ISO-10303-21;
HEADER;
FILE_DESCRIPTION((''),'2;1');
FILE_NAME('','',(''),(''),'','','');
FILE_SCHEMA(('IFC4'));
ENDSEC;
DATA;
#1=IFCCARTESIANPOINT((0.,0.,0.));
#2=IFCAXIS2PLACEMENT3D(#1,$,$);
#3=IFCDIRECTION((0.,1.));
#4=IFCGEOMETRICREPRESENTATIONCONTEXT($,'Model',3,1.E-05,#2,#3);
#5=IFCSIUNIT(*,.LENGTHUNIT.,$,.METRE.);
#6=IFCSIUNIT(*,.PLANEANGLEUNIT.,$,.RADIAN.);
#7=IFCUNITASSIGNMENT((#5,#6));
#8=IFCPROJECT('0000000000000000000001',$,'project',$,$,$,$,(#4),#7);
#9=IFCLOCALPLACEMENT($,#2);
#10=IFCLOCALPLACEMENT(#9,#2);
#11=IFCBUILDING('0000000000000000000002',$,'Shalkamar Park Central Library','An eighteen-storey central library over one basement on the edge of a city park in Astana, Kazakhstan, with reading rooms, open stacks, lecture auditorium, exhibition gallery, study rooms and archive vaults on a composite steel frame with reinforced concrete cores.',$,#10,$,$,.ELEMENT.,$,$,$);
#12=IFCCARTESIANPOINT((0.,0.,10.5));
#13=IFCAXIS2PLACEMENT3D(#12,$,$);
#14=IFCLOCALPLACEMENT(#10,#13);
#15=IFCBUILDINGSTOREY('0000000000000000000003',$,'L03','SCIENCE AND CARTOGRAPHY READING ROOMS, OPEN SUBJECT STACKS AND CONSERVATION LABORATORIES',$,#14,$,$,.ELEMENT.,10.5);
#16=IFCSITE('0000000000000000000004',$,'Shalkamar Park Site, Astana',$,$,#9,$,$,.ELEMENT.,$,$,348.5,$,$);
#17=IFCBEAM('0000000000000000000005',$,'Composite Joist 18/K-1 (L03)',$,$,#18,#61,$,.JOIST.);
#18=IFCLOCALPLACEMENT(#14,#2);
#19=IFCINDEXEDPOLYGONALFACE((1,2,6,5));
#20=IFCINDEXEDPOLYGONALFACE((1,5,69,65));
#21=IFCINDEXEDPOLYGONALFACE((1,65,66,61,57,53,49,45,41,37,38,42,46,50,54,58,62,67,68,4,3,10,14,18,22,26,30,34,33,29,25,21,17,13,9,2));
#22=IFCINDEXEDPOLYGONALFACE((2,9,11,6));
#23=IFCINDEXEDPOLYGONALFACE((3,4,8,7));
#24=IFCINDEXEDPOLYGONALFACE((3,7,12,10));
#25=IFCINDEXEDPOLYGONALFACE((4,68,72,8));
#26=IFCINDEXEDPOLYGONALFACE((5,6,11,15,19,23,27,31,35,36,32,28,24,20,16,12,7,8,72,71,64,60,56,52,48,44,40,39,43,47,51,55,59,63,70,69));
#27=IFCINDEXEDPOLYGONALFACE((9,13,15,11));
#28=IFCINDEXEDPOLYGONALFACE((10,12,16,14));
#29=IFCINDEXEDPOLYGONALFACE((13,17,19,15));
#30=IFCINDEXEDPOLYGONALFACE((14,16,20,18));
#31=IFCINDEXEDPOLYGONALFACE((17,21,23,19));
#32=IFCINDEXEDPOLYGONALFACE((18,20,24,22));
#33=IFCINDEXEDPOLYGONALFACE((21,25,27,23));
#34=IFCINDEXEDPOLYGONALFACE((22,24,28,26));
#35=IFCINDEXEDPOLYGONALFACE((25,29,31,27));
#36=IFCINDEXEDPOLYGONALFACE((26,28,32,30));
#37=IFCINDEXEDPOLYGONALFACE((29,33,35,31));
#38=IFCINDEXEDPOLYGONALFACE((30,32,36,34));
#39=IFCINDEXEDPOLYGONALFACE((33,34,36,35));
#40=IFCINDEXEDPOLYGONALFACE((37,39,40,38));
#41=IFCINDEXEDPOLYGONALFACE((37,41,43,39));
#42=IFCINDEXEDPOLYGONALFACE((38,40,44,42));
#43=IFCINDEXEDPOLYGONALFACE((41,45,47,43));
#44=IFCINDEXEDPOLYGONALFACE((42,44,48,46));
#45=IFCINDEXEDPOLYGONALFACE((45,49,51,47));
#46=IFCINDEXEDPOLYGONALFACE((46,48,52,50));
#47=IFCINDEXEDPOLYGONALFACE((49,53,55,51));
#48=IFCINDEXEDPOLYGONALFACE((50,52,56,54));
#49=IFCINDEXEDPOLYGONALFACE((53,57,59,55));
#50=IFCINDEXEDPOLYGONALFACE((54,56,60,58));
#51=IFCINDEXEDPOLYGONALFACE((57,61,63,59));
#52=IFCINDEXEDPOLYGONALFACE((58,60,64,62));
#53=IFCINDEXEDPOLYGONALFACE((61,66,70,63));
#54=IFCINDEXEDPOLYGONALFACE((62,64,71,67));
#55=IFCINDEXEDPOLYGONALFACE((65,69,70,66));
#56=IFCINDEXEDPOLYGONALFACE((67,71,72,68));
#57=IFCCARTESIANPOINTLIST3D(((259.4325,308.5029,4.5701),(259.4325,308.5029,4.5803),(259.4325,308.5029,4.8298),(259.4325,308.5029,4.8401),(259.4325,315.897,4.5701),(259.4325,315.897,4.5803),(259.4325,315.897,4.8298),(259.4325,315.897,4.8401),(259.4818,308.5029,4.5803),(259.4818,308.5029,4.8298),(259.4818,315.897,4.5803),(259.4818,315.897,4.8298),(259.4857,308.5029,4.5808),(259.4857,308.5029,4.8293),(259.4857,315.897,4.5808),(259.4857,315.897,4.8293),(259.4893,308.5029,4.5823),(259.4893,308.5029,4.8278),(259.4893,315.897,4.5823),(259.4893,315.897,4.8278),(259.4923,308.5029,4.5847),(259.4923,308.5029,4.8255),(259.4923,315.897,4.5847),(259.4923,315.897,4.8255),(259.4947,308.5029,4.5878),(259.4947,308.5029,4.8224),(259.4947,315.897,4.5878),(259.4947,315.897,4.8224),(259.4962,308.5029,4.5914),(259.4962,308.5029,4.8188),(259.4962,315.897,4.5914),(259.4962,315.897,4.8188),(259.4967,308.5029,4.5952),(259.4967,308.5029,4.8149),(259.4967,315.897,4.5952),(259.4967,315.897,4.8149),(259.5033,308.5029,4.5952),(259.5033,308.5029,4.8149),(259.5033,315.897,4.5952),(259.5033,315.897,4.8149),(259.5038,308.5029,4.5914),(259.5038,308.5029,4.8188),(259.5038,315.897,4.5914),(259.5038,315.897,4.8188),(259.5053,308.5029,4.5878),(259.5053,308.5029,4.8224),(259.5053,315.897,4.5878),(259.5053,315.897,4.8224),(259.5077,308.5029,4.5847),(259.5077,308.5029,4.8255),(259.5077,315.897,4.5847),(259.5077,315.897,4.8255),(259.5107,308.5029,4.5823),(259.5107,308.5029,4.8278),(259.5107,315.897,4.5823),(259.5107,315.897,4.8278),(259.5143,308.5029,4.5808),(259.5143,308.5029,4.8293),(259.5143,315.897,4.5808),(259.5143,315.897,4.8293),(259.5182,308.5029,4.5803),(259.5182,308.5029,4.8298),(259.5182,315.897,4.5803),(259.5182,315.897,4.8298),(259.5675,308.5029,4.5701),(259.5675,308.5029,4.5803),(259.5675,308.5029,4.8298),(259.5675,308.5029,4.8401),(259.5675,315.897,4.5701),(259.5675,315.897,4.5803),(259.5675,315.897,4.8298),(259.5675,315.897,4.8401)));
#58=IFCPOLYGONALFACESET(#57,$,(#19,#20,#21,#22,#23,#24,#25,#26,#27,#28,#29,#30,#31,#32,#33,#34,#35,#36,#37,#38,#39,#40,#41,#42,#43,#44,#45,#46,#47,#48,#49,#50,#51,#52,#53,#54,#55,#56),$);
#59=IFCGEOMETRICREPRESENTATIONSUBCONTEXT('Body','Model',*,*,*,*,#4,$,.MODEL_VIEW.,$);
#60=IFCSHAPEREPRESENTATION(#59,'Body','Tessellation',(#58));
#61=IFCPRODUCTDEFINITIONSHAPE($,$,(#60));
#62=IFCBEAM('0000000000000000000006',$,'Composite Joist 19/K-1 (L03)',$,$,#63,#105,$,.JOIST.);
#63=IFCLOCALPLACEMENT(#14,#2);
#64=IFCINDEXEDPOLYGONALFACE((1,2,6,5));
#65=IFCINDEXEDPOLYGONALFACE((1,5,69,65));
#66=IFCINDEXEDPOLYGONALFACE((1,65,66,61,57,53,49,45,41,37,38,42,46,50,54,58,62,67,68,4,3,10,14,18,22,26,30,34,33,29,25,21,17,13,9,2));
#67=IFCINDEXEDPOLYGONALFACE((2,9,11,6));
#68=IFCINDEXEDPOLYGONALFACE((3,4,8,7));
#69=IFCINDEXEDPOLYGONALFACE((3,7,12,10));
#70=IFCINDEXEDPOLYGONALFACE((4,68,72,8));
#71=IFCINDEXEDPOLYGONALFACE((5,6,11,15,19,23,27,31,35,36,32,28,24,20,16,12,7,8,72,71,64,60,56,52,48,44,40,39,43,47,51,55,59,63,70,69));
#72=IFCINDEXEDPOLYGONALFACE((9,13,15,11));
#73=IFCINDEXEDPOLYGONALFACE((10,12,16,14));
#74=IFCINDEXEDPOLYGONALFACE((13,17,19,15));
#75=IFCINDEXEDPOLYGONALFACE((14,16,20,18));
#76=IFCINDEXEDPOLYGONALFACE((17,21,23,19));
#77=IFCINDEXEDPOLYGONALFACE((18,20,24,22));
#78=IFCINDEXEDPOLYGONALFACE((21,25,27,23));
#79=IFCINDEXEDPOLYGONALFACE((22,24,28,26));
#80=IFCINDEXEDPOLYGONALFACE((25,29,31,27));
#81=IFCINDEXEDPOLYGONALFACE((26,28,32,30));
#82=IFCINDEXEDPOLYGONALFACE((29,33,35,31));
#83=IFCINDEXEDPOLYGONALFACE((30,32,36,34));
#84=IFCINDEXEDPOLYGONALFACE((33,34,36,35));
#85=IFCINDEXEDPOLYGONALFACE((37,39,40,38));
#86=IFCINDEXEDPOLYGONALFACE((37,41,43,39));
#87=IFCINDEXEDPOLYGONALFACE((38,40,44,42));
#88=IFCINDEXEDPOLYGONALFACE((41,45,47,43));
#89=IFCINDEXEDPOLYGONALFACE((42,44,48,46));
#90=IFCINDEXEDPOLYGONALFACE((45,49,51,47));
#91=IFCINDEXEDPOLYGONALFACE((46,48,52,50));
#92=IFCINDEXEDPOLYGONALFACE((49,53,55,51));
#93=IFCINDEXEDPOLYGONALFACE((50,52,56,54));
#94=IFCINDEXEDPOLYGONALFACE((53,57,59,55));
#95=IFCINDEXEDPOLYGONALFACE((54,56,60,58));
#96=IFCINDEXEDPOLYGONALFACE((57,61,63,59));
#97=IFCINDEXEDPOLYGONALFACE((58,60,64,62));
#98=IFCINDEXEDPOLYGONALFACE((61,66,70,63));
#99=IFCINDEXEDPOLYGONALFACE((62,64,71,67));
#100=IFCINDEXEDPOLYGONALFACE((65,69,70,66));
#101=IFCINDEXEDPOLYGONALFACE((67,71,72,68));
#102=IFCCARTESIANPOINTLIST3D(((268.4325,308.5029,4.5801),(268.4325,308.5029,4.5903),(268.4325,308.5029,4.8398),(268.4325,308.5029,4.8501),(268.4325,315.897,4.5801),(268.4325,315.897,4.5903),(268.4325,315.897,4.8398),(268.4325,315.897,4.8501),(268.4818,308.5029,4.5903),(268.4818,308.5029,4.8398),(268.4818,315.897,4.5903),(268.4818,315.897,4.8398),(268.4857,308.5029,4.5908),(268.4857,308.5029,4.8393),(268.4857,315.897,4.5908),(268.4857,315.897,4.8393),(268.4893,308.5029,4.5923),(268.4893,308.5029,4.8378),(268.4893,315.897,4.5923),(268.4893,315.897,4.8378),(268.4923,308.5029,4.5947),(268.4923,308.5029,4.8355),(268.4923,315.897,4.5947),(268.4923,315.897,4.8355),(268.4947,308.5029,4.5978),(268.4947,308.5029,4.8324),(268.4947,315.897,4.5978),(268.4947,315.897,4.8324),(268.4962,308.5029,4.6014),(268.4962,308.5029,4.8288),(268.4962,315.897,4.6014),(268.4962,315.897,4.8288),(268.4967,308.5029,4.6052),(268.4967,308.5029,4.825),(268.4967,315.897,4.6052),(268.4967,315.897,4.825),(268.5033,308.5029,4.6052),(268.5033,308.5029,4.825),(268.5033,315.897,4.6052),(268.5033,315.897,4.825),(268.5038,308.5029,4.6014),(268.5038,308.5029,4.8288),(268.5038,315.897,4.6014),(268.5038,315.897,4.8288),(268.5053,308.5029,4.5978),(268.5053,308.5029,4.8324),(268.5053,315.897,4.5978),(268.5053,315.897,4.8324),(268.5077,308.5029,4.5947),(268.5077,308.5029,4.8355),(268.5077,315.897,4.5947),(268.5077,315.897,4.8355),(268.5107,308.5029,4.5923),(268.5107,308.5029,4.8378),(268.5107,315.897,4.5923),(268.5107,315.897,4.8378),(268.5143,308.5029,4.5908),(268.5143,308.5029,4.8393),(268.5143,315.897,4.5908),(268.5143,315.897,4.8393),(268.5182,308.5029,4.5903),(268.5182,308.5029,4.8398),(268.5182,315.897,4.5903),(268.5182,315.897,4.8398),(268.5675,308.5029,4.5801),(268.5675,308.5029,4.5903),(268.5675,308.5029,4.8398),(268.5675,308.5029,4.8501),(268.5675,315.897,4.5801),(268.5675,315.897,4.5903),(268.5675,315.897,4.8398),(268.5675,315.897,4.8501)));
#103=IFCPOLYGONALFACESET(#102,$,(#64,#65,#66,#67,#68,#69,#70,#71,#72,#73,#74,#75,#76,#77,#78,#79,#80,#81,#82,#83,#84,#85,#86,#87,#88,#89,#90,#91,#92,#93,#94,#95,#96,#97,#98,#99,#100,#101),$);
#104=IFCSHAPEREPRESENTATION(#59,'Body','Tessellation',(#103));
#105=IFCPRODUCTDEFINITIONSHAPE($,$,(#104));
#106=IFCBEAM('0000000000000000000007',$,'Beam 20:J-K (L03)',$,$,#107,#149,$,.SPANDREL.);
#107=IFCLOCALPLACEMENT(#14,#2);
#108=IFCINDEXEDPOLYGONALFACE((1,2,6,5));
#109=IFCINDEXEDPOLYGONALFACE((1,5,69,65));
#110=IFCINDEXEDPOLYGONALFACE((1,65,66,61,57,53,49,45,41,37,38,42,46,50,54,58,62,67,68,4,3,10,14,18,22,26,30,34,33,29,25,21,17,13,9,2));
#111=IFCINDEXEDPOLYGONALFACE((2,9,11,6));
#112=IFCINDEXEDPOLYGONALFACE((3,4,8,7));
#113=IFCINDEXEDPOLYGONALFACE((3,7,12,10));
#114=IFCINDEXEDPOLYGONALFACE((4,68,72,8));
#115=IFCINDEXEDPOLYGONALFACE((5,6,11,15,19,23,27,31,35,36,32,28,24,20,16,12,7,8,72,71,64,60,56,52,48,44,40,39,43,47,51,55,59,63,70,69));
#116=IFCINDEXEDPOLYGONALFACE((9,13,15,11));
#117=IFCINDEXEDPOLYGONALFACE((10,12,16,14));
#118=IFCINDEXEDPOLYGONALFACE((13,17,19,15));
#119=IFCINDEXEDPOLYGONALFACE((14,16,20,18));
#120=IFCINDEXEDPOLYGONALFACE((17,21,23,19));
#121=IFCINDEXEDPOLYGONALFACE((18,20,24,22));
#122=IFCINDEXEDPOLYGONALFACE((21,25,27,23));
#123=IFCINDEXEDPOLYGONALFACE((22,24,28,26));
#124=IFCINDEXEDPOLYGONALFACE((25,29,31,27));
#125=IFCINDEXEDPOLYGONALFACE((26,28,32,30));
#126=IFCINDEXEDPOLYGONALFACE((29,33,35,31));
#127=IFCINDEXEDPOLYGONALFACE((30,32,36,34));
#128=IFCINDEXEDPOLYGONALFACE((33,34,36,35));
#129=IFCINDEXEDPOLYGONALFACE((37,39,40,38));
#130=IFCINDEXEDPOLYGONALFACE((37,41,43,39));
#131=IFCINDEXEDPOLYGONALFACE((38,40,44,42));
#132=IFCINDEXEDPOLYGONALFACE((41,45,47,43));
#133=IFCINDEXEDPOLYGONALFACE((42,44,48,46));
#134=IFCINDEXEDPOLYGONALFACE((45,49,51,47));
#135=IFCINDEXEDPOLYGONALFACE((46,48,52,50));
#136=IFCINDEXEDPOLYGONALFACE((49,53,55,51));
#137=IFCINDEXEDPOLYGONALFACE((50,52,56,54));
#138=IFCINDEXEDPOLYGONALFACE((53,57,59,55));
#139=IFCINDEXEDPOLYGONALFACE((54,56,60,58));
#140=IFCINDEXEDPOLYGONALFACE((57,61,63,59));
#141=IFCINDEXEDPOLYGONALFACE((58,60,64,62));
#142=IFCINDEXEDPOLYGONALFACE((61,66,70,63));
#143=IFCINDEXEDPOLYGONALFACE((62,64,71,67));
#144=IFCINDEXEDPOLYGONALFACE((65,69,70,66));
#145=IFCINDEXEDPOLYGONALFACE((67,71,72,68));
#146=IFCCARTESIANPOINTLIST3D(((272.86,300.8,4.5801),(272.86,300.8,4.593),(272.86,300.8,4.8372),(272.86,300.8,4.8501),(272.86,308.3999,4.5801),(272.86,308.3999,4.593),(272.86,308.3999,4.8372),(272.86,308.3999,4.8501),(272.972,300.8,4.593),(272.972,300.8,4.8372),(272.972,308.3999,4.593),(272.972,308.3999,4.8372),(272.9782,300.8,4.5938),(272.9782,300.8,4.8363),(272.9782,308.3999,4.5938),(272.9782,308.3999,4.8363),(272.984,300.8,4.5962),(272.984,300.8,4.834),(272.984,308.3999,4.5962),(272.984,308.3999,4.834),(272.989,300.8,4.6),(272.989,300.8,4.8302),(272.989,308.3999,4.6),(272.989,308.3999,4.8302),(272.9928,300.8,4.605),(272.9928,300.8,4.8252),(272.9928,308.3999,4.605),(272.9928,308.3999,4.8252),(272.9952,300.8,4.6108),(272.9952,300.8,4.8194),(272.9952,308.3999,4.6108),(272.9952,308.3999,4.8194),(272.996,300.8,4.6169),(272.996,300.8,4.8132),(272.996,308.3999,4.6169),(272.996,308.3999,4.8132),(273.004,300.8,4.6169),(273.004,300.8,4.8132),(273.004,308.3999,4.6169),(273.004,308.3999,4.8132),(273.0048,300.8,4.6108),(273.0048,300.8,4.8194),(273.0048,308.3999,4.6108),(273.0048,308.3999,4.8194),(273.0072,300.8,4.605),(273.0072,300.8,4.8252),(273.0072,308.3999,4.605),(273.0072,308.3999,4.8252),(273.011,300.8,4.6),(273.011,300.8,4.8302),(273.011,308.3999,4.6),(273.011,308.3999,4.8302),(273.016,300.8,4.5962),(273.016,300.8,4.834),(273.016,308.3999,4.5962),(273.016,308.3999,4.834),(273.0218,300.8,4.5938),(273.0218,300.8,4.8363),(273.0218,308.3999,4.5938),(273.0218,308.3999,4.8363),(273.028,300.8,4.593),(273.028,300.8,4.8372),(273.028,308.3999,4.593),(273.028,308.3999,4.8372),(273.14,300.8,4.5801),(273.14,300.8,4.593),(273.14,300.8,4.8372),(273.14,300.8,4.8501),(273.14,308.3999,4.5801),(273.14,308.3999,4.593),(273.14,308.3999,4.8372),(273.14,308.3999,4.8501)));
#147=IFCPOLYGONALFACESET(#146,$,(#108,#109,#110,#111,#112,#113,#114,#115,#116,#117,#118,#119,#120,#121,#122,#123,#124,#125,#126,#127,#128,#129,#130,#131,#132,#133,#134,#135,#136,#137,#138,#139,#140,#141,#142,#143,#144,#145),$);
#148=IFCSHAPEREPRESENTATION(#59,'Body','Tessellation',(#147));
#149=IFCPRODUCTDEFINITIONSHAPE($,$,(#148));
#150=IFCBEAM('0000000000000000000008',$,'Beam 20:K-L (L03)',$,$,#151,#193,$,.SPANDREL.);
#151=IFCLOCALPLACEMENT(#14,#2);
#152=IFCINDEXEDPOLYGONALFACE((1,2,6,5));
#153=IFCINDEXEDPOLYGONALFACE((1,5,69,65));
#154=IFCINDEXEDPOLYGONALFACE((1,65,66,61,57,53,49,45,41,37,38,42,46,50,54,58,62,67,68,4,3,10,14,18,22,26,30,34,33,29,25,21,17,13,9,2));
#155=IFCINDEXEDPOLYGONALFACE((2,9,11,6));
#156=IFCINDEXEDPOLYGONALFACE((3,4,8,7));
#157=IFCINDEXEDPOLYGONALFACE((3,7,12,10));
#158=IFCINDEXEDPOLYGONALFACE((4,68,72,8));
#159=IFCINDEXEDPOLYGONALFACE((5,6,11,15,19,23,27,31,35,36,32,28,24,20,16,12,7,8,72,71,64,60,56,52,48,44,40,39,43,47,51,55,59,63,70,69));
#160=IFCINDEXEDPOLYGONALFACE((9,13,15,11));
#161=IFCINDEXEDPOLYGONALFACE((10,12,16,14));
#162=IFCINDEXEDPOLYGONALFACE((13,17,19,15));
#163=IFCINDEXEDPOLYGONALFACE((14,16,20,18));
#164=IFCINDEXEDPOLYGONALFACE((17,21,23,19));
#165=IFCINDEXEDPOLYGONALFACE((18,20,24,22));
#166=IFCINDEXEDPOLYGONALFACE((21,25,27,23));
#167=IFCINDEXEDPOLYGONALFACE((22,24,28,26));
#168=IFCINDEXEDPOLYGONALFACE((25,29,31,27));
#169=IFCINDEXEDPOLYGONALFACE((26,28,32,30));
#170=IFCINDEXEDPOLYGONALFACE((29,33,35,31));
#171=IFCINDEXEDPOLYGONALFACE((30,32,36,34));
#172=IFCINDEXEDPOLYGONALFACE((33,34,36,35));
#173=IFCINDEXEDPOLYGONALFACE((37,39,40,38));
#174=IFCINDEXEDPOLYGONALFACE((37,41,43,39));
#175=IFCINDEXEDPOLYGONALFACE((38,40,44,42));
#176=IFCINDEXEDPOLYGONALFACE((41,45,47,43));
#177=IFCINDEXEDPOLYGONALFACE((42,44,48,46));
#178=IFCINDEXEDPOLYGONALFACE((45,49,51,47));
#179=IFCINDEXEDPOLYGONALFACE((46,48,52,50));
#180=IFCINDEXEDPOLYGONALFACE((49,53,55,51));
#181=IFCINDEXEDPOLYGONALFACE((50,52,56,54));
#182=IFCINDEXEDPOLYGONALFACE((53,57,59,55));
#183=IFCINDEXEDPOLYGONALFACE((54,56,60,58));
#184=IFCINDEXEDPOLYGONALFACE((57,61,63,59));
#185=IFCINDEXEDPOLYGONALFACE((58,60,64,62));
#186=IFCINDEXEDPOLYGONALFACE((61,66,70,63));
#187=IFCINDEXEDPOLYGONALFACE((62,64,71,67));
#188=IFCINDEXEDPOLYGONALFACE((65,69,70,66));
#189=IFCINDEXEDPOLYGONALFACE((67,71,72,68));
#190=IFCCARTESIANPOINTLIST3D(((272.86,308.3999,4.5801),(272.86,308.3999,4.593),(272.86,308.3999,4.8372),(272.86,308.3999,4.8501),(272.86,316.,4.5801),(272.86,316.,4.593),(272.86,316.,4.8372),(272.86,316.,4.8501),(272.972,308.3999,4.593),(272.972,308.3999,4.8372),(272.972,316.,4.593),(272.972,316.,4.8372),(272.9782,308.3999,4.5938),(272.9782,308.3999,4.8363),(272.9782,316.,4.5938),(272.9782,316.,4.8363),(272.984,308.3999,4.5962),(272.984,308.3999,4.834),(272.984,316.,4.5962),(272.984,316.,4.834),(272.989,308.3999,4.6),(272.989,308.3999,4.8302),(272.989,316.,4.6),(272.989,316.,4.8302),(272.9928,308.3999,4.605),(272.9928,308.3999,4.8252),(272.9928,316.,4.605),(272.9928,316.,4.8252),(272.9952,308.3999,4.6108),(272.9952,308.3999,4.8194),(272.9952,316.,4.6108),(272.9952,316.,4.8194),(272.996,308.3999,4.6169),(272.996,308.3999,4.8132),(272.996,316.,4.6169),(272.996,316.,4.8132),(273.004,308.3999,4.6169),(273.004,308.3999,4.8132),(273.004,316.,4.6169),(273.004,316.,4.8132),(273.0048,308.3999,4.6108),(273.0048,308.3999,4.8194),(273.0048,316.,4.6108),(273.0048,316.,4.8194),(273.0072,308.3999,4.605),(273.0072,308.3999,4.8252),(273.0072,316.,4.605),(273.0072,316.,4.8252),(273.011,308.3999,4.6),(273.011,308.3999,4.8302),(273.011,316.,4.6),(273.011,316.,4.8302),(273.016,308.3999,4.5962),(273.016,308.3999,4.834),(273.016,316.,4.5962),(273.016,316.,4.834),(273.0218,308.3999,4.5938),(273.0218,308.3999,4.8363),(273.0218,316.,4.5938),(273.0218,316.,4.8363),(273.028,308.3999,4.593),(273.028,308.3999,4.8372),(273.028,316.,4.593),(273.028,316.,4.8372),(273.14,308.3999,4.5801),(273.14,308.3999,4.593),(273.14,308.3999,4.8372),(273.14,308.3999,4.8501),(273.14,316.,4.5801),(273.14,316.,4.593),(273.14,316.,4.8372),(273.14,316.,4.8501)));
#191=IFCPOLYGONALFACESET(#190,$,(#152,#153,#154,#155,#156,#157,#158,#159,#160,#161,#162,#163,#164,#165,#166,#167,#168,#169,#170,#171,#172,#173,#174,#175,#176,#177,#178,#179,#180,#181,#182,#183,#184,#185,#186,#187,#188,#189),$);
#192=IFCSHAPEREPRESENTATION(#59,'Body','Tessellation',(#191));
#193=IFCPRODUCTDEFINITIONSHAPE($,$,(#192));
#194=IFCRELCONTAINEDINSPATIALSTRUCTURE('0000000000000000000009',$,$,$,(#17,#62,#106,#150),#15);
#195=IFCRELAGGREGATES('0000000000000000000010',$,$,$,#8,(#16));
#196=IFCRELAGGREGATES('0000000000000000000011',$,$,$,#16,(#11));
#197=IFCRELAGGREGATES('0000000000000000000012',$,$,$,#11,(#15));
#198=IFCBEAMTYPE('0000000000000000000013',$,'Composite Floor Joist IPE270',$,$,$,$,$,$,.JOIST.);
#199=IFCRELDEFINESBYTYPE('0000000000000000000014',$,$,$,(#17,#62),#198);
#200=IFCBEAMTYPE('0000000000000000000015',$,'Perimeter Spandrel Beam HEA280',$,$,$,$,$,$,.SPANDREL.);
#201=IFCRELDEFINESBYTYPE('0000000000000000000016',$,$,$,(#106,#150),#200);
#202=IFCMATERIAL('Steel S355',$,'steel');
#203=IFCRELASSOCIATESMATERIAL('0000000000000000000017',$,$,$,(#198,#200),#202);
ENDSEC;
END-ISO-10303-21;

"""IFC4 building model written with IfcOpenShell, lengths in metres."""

from ifc_helpers import new_model, si_unit, direction, frame, origin, origin_2d, place, context, subcontext, project, spatial, i_section, extrude, material, material_profile, profile_set, type_object, element, save


model = new_model("IFC4")

# Units and contexts
model_context = context("Model", 3, precision=1e-05, world=origin(), true_north=direction((0.0, 1.0)))
body_context = subcontext(model_context, "Body", "Model", "MODEL_VIEW")
ifc_project = project(units=[si_unit("LENGTHUNIT", "METRE"), si_unit("PLANEANGLEUNIT", "RADIAN")], contexts=[model_context])

# Site, building, storey
site_placement = place(None, origin())
site = spatial("IfcSite", under=ifc_project, at=site_placement, Name="Shalkamar Park Site, Astana", CompositionType="ELEMENT", RefElevation=348.5)
building_placement = place(site_placement, origin())
building = spatial("IfcBuilding", under=site, at=building_placement, Name="Shalkamar Park Central Library", Description="An eighteen-storey central library over one basement on the edge of a city park in Astana, Kazakhstan, with reading rooms, open stacks, lecture auditorium, exhibition gallery, study rooms and archive vaults on a composite steel frame with reinforced concrete cores.", CompositionType="ELEMENT")
storey_placement = place(building_placement, frame((0.0, 0.0, 10.5)))
storey = spatial("IfcBuildingStorey", under=building, at=storey_placement, Name="L03", Description="SCIENCE AND CARTOGRAPHY READING ROOMS, OPEN SUBJECT STACKS AND CONSERVATION LABORATORIES", CompositionType="ELEMENT", Elevation=10.5)

# Shared definitions
ifc_material_1 = material(Name="Steel S355", Category="steel")

# Beams
ifc_material_profile_1 = material_profile(ifc_material_1, i_section(OverallWidth=0.135, OverallDepth=0.27, WebThickness=0.0066, FlangeThickness=0.0103, FilletRadius=0.0149, at=origin_2d()), Name="IPE 270")
ifc_profile_set_1 = profile_set([ifc_material_profile_1], Name="Steel S355")
beam_type_1 = type_object("IfcBeamType", Name="Composite Floor Joist IPE270", PredefinedType="JOIST", material=ifc_profile_set_1)
for number, where, z_axis, x_axis, name in (
    (1, (259.5, 308.5029, 4.7051), (0.0, 1.0, 0.0), (-1.0, 0.0, 0.0), "Composite Joist 18/K-1 (L03)"),
    (2, (268.5, 308.5029, 4.7151), (0.0, 1.0, 0.0), (-1.0, 0.0, 0.0), "Composite Joist 19/K-1 (L03)"),
):
    element("IfcBeam", number, at=place(storey_placement, frame(where, z_axis=z_axis, x_axis=x_axis)), inside=storey, type_object=beam_type_1, Name=name, PredefinedType="JOIST", context=body_context, shape_type="SweptSolid", body=[
        extrude(i_section(OverallWidth=0.135, OverallDepth=0.27, WebThickness=0.0066, FlangeThickness=0.0103, FilletRadius=0.0149, at=origin_2d()), origin(), (0.0, 0.0, 1.0), 7.394),
    ])
ifc_material_profile_2 = material_profile(ifc_material_1, i_section(OverallWidth=0.28, OverallDepth=0.27, WebThickness=0.0081, FlangeThickness=0.0129, FilletRadius=0.0239, at=origin_2d()), Name="HEA 280")
ifc_profile_set_2 = profile_set([ifc_material_profile_2], Name="Steel S355")
beam_type_2 = type_object("IfcBeamType", Name="Perimeter Spandrel Beam HEA280", PredefinedType="SPANDREL", material=ifc_profile_set_2)
beam_1_placement = place(storey_placement, frame((273.0, 300.8, 4.7151), z_axis=(0.0, 1.0, 0.0), x_axis=(-1.0, 0.0, 0.0)))
element("IfcBeam", 3, at=beam_1_placement, inside=storey, type_object=beam_type_2, Name="Beam 20:J-K (L03)", PredefinedType="SPANDREL", context=body_context, shape_type="SweptSolid", body=[
    extrude(i_section(OverallWidth=0.28, OverallDepth=0.27, WebThickness=0.0081, FlangeThickness=0.0129, FilletRadius=0.0239, at=origin_2d()), origin(), (0.0, 0.0, 1.0), 7.5999),
])
beam_2_placement = place(storey_placement, frame((273.0, 308.3999, 4.7151), z_axis=(0.0, 1.0, 0.0), x_axis=(-1.0, 0.0, 0.0)))
element("IfcBeam", 4, at=beam_2_placement, inside=storey, type_object=beam_type_2, Name="Beam 20:K-L (L03)", PredefinedType="SPANDREL", context=body_context, shape_type="SweptSolid", body=[
    extrude(i_section(OverallWidth=0.28, OverallDepth=0.27, WebThickness=0.0081, FlangeThickness=0.0129, FilletRadius=0.0239, at=origin_2d()), origin(), (0.0, 0.0, 1.0), 7.6001),
])

save(model, "model.ifc")
